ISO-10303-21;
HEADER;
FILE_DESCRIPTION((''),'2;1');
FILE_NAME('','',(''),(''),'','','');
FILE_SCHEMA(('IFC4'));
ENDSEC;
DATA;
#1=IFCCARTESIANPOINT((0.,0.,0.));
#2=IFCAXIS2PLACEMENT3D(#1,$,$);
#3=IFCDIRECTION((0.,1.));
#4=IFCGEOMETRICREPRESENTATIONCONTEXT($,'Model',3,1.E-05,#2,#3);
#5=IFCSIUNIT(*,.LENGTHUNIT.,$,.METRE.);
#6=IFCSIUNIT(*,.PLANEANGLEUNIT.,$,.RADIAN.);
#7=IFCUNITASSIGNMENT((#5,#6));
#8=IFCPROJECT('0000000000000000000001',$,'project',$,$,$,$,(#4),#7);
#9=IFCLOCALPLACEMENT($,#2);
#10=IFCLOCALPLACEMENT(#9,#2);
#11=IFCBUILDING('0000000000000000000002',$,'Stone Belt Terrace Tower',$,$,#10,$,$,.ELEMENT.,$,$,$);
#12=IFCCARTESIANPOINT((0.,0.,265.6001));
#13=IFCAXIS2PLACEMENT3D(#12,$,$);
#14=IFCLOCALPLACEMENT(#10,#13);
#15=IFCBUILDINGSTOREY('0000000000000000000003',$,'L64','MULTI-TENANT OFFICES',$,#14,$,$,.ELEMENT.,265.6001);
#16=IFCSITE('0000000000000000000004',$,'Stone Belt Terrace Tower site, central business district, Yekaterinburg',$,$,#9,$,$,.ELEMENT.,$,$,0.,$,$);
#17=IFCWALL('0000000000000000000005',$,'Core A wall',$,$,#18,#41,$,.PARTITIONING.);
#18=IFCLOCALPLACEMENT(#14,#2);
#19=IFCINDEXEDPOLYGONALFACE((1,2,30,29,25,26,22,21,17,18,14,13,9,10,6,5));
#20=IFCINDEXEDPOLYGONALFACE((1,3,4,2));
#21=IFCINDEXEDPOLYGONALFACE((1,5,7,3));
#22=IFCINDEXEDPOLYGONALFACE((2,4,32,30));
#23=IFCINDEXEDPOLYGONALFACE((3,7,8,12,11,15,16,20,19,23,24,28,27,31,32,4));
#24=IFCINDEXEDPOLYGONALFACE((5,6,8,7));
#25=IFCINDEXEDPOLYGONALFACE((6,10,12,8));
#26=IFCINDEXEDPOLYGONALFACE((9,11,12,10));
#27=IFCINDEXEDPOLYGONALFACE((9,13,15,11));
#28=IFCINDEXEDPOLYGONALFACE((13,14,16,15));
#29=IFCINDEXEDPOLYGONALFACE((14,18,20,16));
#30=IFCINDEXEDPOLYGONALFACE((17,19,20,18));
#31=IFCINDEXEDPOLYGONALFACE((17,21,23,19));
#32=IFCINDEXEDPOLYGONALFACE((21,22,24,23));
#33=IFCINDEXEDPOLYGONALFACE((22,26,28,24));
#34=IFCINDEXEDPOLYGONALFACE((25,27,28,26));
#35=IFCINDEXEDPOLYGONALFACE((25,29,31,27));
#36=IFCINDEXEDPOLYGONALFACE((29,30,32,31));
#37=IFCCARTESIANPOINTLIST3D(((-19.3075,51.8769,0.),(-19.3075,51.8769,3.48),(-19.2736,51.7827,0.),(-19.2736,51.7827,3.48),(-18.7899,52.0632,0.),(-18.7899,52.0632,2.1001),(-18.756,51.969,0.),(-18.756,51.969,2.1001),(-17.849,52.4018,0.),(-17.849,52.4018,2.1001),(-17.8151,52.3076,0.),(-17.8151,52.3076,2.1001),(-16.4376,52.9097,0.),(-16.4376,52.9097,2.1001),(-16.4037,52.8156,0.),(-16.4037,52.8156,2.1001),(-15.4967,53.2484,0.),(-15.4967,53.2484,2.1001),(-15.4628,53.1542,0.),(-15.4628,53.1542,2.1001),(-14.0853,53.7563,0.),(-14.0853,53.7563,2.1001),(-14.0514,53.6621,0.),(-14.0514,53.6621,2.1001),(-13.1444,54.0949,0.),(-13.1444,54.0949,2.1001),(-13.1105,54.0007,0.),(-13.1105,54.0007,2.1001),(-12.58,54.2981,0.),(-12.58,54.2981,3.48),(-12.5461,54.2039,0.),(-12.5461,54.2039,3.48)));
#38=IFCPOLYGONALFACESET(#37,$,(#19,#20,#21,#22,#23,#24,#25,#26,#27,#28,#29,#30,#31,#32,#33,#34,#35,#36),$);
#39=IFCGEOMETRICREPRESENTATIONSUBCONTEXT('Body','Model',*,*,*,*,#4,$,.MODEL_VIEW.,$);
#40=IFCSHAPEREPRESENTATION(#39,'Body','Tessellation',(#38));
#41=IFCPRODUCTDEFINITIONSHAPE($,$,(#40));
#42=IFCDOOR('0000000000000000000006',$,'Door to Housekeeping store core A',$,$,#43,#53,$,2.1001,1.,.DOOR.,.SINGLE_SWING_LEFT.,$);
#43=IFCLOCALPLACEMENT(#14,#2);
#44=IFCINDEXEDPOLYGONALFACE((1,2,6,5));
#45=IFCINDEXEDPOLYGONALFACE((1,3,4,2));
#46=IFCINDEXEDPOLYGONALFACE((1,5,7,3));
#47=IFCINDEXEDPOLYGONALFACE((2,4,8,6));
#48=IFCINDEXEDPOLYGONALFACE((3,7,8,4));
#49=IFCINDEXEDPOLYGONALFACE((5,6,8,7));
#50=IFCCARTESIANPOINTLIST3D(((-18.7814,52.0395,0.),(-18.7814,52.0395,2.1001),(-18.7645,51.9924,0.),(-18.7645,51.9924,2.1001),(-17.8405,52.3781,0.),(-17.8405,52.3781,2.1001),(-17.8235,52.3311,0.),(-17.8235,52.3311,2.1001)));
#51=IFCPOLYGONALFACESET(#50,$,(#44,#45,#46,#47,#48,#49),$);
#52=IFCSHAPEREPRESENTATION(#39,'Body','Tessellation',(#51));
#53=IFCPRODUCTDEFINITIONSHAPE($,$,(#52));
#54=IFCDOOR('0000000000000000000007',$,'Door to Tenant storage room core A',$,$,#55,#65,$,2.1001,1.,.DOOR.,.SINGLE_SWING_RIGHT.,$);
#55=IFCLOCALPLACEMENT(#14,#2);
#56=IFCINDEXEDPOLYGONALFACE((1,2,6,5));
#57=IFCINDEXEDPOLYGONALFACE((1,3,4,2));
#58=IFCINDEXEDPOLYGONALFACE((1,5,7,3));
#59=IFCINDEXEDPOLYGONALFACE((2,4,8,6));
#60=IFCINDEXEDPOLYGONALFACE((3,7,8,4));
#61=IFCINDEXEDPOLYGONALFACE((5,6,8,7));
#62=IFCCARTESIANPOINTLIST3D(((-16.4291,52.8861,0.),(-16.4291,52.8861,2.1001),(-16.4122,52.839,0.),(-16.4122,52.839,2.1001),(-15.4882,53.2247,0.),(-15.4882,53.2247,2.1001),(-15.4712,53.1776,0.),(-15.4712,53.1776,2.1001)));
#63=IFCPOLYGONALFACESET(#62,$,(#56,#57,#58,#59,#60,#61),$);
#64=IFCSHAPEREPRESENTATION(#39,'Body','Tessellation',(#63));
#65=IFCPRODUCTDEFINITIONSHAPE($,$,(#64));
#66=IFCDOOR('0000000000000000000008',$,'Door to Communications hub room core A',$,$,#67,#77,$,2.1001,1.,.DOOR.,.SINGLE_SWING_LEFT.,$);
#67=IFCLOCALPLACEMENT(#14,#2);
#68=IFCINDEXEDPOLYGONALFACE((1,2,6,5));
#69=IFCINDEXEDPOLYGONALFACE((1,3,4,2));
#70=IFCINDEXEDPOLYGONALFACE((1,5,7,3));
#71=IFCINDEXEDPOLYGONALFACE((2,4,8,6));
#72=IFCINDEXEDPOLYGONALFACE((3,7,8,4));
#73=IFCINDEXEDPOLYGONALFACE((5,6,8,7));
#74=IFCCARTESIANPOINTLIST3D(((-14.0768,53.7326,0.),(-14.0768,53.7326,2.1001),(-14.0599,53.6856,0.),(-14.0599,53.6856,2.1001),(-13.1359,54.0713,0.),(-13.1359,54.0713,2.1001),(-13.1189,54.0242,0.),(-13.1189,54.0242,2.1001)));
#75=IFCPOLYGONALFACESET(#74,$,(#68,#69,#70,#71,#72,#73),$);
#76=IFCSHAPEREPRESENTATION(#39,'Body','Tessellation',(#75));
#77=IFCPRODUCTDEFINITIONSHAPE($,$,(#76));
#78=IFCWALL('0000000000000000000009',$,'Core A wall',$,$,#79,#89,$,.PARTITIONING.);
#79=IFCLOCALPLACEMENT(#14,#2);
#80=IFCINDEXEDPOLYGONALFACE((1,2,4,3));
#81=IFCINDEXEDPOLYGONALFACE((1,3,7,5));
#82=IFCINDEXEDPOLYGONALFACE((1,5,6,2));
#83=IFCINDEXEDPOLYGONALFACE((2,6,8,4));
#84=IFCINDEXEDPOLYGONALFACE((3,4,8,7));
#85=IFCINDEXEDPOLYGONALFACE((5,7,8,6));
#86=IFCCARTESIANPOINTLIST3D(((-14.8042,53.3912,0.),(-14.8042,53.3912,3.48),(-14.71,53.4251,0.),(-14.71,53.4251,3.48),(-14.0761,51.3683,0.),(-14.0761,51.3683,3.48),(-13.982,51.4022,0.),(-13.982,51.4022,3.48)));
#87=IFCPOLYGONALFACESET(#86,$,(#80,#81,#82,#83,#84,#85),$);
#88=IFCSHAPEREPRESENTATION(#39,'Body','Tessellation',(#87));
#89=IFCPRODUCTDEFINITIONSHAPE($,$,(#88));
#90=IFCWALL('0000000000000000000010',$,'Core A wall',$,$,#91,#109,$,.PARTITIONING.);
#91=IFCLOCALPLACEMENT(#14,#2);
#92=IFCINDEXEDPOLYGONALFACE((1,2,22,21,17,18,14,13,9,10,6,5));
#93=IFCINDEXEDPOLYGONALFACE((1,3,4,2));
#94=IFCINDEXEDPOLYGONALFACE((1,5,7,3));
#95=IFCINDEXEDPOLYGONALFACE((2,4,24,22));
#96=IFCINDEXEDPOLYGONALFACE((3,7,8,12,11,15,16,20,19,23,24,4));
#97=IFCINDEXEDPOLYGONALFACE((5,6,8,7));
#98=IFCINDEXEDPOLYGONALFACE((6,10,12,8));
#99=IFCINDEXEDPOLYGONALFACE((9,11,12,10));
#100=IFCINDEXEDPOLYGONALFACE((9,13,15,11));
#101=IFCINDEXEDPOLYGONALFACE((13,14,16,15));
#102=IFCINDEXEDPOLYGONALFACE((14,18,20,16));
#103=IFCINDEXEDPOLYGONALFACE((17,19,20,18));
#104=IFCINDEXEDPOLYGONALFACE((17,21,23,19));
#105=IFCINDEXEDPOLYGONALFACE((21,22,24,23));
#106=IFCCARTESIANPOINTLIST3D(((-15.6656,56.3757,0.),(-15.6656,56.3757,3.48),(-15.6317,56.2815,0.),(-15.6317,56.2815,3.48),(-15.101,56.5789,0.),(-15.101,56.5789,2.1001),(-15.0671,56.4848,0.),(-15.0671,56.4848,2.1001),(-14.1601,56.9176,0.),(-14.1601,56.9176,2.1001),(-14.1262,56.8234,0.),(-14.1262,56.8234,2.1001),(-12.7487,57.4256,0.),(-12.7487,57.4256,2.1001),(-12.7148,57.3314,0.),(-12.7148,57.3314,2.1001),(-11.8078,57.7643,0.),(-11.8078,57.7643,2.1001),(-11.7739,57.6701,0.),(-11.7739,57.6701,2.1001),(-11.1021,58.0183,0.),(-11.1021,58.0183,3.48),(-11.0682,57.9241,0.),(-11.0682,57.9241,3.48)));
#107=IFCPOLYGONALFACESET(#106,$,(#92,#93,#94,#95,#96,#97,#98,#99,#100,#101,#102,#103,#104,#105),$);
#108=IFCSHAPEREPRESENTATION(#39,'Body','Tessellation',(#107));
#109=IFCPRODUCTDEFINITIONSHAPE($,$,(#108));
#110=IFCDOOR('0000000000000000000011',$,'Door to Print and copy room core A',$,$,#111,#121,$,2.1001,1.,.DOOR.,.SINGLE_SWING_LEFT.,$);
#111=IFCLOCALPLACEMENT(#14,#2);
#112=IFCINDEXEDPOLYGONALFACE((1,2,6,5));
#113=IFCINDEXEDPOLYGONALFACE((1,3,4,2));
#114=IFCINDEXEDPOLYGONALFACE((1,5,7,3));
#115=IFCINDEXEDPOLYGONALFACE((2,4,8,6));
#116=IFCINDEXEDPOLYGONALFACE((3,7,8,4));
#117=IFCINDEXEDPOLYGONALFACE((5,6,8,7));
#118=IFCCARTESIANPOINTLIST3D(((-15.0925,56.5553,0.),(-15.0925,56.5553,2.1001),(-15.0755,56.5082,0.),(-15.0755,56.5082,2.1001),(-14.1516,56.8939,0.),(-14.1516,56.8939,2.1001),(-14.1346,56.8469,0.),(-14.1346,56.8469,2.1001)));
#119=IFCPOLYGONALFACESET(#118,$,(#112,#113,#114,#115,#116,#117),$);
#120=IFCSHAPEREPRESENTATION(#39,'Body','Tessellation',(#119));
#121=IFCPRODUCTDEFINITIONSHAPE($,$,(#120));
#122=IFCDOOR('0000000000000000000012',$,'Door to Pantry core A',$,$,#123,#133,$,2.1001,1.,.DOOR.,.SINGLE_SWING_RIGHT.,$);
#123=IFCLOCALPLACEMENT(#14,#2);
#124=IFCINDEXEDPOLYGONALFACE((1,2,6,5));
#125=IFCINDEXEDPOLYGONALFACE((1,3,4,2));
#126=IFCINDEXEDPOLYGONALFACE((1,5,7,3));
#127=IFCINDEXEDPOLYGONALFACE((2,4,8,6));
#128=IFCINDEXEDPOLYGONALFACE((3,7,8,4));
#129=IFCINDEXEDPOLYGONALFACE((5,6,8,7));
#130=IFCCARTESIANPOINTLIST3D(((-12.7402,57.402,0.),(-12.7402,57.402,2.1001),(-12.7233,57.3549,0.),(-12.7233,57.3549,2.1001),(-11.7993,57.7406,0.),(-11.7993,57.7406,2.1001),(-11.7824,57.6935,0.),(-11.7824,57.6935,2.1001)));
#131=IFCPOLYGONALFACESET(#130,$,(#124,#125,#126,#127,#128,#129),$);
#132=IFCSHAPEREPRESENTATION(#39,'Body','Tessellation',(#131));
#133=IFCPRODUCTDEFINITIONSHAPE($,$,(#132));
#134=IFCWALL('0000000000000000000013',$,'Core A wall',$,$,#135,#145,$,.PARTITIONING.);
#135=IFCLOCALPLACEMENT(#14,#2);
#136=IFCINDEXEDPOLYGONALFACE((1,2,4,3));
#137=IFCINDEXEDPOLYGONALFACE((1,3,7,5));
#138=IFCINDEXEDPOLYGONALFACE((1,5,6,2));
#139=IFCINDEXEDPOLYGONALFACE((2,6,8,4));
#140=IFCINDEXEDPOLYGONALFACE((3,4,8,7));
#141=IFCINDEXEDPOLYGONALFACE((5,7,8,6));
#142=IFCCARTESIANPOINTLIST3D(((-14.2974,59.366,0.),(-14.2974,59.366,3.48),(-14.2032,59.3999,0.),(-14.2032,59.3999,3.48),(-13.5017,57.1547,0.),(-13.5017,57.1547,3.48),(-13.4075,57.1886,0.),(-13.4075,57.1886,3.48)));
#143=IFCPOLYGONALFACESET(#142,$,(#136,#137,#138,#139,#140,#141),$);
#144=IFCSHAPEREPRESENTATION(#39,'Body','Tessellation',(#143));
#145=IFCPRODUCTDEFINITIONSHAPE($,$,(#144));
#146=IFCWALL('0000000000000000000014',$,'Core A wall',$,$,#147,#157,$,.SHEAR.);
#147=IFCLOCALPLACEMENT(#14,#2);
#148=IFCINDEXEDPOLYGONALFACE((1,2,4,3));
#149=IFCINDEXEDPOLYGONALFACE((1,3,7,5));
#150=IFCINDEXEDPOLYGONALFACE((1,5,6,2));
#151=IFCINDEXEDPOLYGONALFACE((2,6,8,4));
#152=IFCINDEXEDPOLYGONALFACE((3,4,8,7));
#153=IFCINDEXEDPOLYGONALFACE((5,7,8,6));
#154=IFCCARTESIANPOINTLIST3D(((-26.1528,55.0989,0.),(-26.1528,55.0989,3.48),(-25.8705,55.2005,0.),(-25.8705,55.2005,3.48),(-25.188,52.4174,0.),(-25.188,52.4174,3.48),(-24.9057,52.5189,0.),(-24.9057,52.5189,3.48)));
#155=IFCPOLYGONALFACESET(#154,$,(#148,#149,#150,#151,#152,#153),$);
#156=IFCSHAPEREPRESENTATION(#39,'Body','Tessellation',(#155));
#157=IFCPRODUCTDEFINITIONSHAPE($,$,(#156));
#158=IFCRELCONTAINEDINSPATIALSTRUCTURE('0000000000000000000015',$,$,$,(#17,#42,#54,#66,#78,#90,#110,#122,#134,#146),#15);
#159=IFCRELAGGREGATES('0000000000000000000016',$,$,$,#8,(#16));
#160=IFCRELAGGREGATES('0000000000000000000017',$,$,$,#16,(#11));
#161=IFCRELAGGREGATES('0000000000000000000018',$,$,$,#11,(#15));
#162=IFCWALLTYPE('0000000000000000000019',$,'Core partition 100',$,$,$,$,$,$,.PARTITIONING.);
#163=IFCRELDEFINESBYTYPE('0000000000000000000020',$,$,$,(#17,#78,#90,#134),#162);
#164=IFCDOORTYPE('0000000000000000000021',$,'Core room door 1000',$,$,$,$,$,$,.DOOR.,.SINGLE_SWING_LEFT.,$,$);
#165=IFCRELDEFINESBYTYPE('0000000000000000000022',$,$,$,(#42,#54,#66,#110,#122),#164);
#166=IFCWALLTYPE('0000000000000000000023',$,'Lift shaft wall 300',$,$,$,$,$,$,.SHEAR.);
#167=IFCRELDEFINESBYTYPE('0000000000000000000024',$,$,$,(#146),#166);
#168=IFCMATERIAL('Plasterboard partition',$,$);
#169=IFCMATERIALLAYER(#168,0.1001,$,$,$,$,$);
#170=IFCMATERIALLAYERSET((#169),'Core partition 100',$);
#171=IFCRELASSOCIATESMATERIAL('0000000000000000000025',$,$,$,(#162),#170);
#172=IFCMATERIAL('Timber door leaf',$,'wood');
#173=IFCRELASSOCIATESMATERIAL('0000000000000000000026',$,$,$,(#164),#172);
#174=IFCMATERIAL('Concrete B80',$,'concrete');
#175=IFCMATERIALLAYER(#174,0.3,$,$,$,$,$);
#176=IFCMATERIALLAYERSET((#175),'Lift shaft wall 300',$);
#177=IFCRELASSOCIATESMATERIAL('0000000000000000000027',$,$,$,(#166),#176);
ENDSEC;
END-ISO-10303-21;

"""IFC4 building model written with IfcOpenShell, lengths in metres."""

from ifc_helpers import new_model, si_unit, direction, frame, frame_2d, origin, place, context, subcontext, project, spatial, rectangle, extrude, material, layer, layer_set, type_object, element, fill, save


model = new_model("IFC4")

# Units and contexts
model_context = context("Model", 3, precision=1e-05, world=origin(), true_north=direction((0.0, 1.0)))
body_context = subcontext(model_context, "Body", "Model", "MODEL_VIEW")
ifc_project = project(units=[si_unit("LENGTHUNIT", "METRE"), si_unit("PLANEANGLEUNIT", "RADIAN")], contexts=[model_context])

# Site, building, storey
site_placement = place(None, origin())
site = spatial("IfcSite", under=ifc_project, at=site_placement, Name="Stone Belt Terrace Tower site, central business district, Yekaterinburg", CompositionType="ELEMENT", RefElevation=0.0)
building_placement = place(site_placement, origin())
building = spatial("IfcBuilding", under=site, at=building_placement, Name="Stone Belt Terrace Tower", CompositionType="ELEMENT")
storey_placement = place(building_placement, frame((0.0, 0.0, 265.6001)))
storey = spatial("IfcBuildingStorey", under=building, at=storey_placement, Name="L64", Description="MULTI-TENANT OFFICES", CompositionType="ELEMENT", Elevation=265.6001)

# Shared definitions
ifc_material_1 = material(Name="Plasterboard partition")
ifc_layer_1 = layer(ifc_material_1, 0.1001)
ifc_layer_set_1 = layer_set([ifc_layer_1], Name="Core partition 100")
wall_type_1 = type_object("IfcWallType", Name="Core partition 100", PredefinedType="PARTITIONING", material=ifc_layer_set_1)
ifc_material_2 = material(Name="Timber door leaf", Category="wood")
door_type_1 = type_object("IfcDoorType", Name="Core room door 1000", OperationType="SINGLE_SWING_LEFT", PredefinedType="DOOR", material=ifc_material_2)

# Wall, openings, doors
wall_1_placement = place(storey_placement, frame((-19.2905, 51.8298, 0.0), z_axis=(0.0, 0.0, 1.0), x_axis=(0.940922, 0.338624, 0.0)))
wall_1 = element("IfcWall", 1, at=wall_1_placement, inside=storey, type_object=wall_type_1, Name="Core A wall", PredefinedType="PARTITIONING", context=body_context, shape_type="SweptSolid", body=[
    extrude(rectangle(XDim=7.1499, YDim=0.1001, at=frame_2d((3.575, 0.0))), origin(), (0.0, 0.0, 1.0), 3.48),
])
opening_1_placement = place(wall_1_placement, frame((0.55, 0.0, 0.0)))
opening_1 = element("IfcOpeningElement", 2, at=opening_1_placement, cuts=wall_1, PredefinedType="OPENING", context=body_context, shape_type="SweptSolid", body=[
    extrude(rectangle(XDim=1.0, YDim=2.1001, at=frame_2d((0.5, 1.05))), frame((0.0, 0.0601, 0.0), z_axis=(0.0, -1.0, 0.0), x_axis=(1.0, 0.0, 0.0)), (0.0, 0.0, 1.0), 0.1201),
])
opening_2_placement = place(wall_1_placement, frame((3.05, 0.0, 0.0)))
opening_2 = element("IfcOpeningElement", 3, at=opening_2_placement, cuts=wall_1, PredefinedType="OPENING", context=body_context, shape_type="SweptSolid", body=[
    extrude(rectangle(XDim=1.0, YDim=2.1001, at=frame_2d((0.5, 1.05))), frame((0.0, 0.0601, 0.0), z_axis=(0.0, -1.0, 0.0), x_axis=(1.0, 0.0, 0.0)), (0.0, 0.0, 1.0), 0.1201),
])
opening_3_placement = place(wall_1_placement, frame((5.55, 0.0, 0.0)))
opening_3 = element("IfcOpeningElement", 4, at=opening_3_placement, cuts=wall_1, PredefinedType="OPENING", context=body_context, shape_type="SweptSolid", body=[
    extrude(rectangle(XDim=1.0, YDim=2.1001, at=frame_2d((0.5, 1.05))), frame((0.0, 0.0601, 0.0), z_axis=(0.0, -1.0, 0.0), x_axis=(1.0, 0.0, 0.0)), (0.0, 0.0, 1.0), 0.1201),
])
door_1_placement = place(opening_1_placement, origin())
door_1 = element("IfcDoor", 5, at=door_1_placement, inside=storey, type_object=door_type_1, Name="Door to Housekeeping store core A", OperationType="SINGLE_SWING_LEFT", OverallHeight=2.1001, OverallWidth=1.0, PredefinedType="DOOR", context=body_context, shape_type="SweptSolid", body=[
    extrude(rectangle(XDim=1.0, YDim=2.1001, at=frame_2d((0.5, 1.05))), frame((0.0, 0.0249, 0.0), z_axis=(0.0, -1.0, 0.0), x_axis=(1.0, 0.0, 0.0)), (0.0, 0.0, 1.0), 0.05),
])
fill(opening_1, door_1)
door_2_placement = place(opening_2_placement, origin())
door_2 = element("IfcDoor", 6, at=door_2_placement, inside=storey, type_object=door_type_1, Name="Door to Tenant storage room core A", OperationType="SINGLE_SWING_RIGHT", OverallHeight=2.1001, OverallWidth=1.0, PredefinedType="DOOR", context=body_context, shape_type="SweptSolid", body=[
    extrude(rectangle(XDim=1.0, YDim=2.1001, at=frame_2d((0.5, 1.05))), frame((0.0, 0.0249, 0.0), z_axis=(0.0, -1.0, 0.0), x_axis=(1.0, 0.0, 0.0)), (0.0, 0.0, 1.0), 0.05),
])
fill(opening_2, door_2)
door_3_placement = place(opening_3_placement, origin())
door_3 = element("IfcDoor", 7, at=door_3_placement, inside=storey, type_object=door_type_1, Name="Door to Communications hub room core A", OperationType="SINGLE_SWING_LEFT", OverallHeight=2.1001, OverallWidth=1.0, PredefinedType="DOOR", context=body_context, shape_type="SweptSolid", body=[
    extrude(rectangle(XDim=1.0, YDim=2.1001, at=frame_2d((0.5, 1.05))), frame((0.0, 0.0249, 0.0), z_axis=(0.0, -1.0, 0.0), x_axis=(1.0, 0.0, 0.0)), (0.0, 0.0, 1.0), 0.05),
])
fill(opening_3, door_3)

# Wall
wall_2_placement = place(storey_placement, frame((-14.0291, 51.3853, 0.0), z_axis=(0.0, 0.0, 1.0), x_axis=(-0.338623, 0.940922, 0.0)))
element("IfcWall", 8, at=wall_2_placement, inside=storey, type_object=wall_type_1, Name="Core A wall", PredefinedType="PARTITIONING", context=body_context, shape_type="SweptSolid", body=[
    extrude(rectangle(XDim=2.1499, YDim=0.1001, at=frame_2d((1.075, 0.0))), origin(), (0.0, 0.0, 1.0), 3.48),
])

# Wall, openings, doors
wall_3_placement = place(storey_placement, frame((-15.6487, 56.3286, 0.0), z_axis=(0.0, 0.0, 1.0), x_axis=(0.940905, 0.33867, 0.0)))
wall_3 = element("IfcWall", 9, at=wall_3_placement, inside=storey, type_object=wall_type_1, Name="Core A wall", PredefinedType="PARTITIONING", context=body_context, shape_type="SweptSolid", body=[
    extrude(rectangle(XDim=4.8501, YDim=0.1001, at=frame_2d((2.425, 0.0))), origin(), (0.0, 0.0, 1.0), 3.48),
])
opening_4_placement = place(wall_3_placement, frame((0.6001, 0.0, 0.0)))
opening_4 = element("IfcOpeningElement", 10, at=opening_4_placement, cuts=wall_3, PredefinedType="OPENING", context=body_context, shape_type="SweptSolid", body=[
    extrude(rectangle(XDim=1.0, YDim=2.1001, at=frame_2d((0.5, 1.05))), frame((0.0, 0.0601, 0.0), z_axis=(0.0, -1.0, 0.0), x_axis=(1.0, 0.0, 0.0)), (0.0, 0.0, 1.0), 0.1201),
])
opening_5_placement = place(wall_3_placement, frame((3.1001, 0.0, 0.0)))
opening_5 = element("IfcOpeningElement", 11, at=opening_5_placement, cuts=wall_3, PredefinedType="OPENING", context=body_context, shape_type="SweptSolid", body=[
    extrude(rectangle(XDim=1.0, YDim=2.1001, at=frame_2d((0.5, 1.05))), frame((0.0, 0.0601, 0.0), z_axis=(0.0, -1.0, 0.0), x_axis=(1.0, 0.0, 0.0)), (0.0, 0.0, 1.0), 0.1201),
])
door_4_placement = place(opening_4_placement, origin())
door_4 = element("IfcDoor", 12, at=door_4_placement, inside=storey, type_object=door_type_1, Name="Door to Print and copy room core A", OperationType="SINGLE_SWING_LEFT", OverallHeight=2.1001, OverallWidth=1.0, PredefinedType="DOOR", context=body_context, shape_type="SweptSolid", body=[
    extrude(rectangle(XDim=1.0, YDim=2.1001, at=frame_2d((0.5, 1.05))), frame((0.0, 0.0249, 0.0), z_axis=(0.0, -1.0, 0.0), x_axis=(1.0, 0.0, 0.0)), (0.0, 0.0, 1.0), 0.05),
])
fill(opening_4, door_4)
door_5_placement = place(opening_5_placement, origin())
door_5 = element("IfcDoor", 13, at=door_5_placement, inside=storey, type_object=door_type_1, Name="Door to Pantry core A", OperationType="SINGLE_SWING_RIGHT", OverallHeight=2.1001, OverallWidth=1.0, PredefinedType="DOOR", context=body_context, shape_type="SweptSolid", body=[
    extrude(rectangle(XDim=1.0, YDim=2.1001, at=frame_2d((0.5, 1.05))), frame((0.0, 0.0249, 0.0), z_axis=(0.0, -1.0, 0.0), x_axis=(1.0, 0.0, 0.0)), (0.0, 0.0, 1.0), 0.05),
])
fill(opening_5, door_5)

# Walls
wall_4_placement = place(storey_placement, frame((-13.4546, 57.1716, 0.0), z_axis=(0.0, 0.0, 1.0), x_axis=(-0.33858, 0.940938, 0.0)))
element("IfcWall", 14, at=wall_4_placement, inside=storey, type_object=wall_type_1, Name="Core A wall", PredefinedType="PARTITIONING", context=body_context, shape_type="SweptSolid", body=[
    extrude(rectangle(XDim=2.3501, YDim=0.1001, at=frame_2d((1.175, 0.0))), origin(), (0.0, 0.0, 1.0), 3.48),
])
ifc_material_3 = material(Name="Concrete B80", Category="concrete")
ifc_layer_2 = layer(ifc_material_3, 0.3)
ifc_layer_set_2 = layer_set([ifc_layer_2], Name="Lift shaft wall 300")
wall_type_2 = type_object("IfcWallType", Name="Lift shaft wall 300", PredefinedType="SHEAR", material=ifc_layer_set_2)
wall_5_placement = place(storey_placement, frame((-25.0469, 52.4683, 0.0), z_axis=(0.0, 0.0, 1.0), x_axis=(-0.33855, 0.940949, 0.0)))
element("IfcWall", 15, at=wall_5_placement, inside=storey, type_object=wall_type_2, Name="Core A wall", PredefinedType="SHEAR", context=body_context, shape_type="SweptSolid", body=[
    extrude(rectangle(XDim=2.8499, YDim=0.3, at=frame_2d((1.4248, 0.0))), origin(), (0.0, 0.0, 1.0), 3.48),
])

save(model, "model.ifc")
